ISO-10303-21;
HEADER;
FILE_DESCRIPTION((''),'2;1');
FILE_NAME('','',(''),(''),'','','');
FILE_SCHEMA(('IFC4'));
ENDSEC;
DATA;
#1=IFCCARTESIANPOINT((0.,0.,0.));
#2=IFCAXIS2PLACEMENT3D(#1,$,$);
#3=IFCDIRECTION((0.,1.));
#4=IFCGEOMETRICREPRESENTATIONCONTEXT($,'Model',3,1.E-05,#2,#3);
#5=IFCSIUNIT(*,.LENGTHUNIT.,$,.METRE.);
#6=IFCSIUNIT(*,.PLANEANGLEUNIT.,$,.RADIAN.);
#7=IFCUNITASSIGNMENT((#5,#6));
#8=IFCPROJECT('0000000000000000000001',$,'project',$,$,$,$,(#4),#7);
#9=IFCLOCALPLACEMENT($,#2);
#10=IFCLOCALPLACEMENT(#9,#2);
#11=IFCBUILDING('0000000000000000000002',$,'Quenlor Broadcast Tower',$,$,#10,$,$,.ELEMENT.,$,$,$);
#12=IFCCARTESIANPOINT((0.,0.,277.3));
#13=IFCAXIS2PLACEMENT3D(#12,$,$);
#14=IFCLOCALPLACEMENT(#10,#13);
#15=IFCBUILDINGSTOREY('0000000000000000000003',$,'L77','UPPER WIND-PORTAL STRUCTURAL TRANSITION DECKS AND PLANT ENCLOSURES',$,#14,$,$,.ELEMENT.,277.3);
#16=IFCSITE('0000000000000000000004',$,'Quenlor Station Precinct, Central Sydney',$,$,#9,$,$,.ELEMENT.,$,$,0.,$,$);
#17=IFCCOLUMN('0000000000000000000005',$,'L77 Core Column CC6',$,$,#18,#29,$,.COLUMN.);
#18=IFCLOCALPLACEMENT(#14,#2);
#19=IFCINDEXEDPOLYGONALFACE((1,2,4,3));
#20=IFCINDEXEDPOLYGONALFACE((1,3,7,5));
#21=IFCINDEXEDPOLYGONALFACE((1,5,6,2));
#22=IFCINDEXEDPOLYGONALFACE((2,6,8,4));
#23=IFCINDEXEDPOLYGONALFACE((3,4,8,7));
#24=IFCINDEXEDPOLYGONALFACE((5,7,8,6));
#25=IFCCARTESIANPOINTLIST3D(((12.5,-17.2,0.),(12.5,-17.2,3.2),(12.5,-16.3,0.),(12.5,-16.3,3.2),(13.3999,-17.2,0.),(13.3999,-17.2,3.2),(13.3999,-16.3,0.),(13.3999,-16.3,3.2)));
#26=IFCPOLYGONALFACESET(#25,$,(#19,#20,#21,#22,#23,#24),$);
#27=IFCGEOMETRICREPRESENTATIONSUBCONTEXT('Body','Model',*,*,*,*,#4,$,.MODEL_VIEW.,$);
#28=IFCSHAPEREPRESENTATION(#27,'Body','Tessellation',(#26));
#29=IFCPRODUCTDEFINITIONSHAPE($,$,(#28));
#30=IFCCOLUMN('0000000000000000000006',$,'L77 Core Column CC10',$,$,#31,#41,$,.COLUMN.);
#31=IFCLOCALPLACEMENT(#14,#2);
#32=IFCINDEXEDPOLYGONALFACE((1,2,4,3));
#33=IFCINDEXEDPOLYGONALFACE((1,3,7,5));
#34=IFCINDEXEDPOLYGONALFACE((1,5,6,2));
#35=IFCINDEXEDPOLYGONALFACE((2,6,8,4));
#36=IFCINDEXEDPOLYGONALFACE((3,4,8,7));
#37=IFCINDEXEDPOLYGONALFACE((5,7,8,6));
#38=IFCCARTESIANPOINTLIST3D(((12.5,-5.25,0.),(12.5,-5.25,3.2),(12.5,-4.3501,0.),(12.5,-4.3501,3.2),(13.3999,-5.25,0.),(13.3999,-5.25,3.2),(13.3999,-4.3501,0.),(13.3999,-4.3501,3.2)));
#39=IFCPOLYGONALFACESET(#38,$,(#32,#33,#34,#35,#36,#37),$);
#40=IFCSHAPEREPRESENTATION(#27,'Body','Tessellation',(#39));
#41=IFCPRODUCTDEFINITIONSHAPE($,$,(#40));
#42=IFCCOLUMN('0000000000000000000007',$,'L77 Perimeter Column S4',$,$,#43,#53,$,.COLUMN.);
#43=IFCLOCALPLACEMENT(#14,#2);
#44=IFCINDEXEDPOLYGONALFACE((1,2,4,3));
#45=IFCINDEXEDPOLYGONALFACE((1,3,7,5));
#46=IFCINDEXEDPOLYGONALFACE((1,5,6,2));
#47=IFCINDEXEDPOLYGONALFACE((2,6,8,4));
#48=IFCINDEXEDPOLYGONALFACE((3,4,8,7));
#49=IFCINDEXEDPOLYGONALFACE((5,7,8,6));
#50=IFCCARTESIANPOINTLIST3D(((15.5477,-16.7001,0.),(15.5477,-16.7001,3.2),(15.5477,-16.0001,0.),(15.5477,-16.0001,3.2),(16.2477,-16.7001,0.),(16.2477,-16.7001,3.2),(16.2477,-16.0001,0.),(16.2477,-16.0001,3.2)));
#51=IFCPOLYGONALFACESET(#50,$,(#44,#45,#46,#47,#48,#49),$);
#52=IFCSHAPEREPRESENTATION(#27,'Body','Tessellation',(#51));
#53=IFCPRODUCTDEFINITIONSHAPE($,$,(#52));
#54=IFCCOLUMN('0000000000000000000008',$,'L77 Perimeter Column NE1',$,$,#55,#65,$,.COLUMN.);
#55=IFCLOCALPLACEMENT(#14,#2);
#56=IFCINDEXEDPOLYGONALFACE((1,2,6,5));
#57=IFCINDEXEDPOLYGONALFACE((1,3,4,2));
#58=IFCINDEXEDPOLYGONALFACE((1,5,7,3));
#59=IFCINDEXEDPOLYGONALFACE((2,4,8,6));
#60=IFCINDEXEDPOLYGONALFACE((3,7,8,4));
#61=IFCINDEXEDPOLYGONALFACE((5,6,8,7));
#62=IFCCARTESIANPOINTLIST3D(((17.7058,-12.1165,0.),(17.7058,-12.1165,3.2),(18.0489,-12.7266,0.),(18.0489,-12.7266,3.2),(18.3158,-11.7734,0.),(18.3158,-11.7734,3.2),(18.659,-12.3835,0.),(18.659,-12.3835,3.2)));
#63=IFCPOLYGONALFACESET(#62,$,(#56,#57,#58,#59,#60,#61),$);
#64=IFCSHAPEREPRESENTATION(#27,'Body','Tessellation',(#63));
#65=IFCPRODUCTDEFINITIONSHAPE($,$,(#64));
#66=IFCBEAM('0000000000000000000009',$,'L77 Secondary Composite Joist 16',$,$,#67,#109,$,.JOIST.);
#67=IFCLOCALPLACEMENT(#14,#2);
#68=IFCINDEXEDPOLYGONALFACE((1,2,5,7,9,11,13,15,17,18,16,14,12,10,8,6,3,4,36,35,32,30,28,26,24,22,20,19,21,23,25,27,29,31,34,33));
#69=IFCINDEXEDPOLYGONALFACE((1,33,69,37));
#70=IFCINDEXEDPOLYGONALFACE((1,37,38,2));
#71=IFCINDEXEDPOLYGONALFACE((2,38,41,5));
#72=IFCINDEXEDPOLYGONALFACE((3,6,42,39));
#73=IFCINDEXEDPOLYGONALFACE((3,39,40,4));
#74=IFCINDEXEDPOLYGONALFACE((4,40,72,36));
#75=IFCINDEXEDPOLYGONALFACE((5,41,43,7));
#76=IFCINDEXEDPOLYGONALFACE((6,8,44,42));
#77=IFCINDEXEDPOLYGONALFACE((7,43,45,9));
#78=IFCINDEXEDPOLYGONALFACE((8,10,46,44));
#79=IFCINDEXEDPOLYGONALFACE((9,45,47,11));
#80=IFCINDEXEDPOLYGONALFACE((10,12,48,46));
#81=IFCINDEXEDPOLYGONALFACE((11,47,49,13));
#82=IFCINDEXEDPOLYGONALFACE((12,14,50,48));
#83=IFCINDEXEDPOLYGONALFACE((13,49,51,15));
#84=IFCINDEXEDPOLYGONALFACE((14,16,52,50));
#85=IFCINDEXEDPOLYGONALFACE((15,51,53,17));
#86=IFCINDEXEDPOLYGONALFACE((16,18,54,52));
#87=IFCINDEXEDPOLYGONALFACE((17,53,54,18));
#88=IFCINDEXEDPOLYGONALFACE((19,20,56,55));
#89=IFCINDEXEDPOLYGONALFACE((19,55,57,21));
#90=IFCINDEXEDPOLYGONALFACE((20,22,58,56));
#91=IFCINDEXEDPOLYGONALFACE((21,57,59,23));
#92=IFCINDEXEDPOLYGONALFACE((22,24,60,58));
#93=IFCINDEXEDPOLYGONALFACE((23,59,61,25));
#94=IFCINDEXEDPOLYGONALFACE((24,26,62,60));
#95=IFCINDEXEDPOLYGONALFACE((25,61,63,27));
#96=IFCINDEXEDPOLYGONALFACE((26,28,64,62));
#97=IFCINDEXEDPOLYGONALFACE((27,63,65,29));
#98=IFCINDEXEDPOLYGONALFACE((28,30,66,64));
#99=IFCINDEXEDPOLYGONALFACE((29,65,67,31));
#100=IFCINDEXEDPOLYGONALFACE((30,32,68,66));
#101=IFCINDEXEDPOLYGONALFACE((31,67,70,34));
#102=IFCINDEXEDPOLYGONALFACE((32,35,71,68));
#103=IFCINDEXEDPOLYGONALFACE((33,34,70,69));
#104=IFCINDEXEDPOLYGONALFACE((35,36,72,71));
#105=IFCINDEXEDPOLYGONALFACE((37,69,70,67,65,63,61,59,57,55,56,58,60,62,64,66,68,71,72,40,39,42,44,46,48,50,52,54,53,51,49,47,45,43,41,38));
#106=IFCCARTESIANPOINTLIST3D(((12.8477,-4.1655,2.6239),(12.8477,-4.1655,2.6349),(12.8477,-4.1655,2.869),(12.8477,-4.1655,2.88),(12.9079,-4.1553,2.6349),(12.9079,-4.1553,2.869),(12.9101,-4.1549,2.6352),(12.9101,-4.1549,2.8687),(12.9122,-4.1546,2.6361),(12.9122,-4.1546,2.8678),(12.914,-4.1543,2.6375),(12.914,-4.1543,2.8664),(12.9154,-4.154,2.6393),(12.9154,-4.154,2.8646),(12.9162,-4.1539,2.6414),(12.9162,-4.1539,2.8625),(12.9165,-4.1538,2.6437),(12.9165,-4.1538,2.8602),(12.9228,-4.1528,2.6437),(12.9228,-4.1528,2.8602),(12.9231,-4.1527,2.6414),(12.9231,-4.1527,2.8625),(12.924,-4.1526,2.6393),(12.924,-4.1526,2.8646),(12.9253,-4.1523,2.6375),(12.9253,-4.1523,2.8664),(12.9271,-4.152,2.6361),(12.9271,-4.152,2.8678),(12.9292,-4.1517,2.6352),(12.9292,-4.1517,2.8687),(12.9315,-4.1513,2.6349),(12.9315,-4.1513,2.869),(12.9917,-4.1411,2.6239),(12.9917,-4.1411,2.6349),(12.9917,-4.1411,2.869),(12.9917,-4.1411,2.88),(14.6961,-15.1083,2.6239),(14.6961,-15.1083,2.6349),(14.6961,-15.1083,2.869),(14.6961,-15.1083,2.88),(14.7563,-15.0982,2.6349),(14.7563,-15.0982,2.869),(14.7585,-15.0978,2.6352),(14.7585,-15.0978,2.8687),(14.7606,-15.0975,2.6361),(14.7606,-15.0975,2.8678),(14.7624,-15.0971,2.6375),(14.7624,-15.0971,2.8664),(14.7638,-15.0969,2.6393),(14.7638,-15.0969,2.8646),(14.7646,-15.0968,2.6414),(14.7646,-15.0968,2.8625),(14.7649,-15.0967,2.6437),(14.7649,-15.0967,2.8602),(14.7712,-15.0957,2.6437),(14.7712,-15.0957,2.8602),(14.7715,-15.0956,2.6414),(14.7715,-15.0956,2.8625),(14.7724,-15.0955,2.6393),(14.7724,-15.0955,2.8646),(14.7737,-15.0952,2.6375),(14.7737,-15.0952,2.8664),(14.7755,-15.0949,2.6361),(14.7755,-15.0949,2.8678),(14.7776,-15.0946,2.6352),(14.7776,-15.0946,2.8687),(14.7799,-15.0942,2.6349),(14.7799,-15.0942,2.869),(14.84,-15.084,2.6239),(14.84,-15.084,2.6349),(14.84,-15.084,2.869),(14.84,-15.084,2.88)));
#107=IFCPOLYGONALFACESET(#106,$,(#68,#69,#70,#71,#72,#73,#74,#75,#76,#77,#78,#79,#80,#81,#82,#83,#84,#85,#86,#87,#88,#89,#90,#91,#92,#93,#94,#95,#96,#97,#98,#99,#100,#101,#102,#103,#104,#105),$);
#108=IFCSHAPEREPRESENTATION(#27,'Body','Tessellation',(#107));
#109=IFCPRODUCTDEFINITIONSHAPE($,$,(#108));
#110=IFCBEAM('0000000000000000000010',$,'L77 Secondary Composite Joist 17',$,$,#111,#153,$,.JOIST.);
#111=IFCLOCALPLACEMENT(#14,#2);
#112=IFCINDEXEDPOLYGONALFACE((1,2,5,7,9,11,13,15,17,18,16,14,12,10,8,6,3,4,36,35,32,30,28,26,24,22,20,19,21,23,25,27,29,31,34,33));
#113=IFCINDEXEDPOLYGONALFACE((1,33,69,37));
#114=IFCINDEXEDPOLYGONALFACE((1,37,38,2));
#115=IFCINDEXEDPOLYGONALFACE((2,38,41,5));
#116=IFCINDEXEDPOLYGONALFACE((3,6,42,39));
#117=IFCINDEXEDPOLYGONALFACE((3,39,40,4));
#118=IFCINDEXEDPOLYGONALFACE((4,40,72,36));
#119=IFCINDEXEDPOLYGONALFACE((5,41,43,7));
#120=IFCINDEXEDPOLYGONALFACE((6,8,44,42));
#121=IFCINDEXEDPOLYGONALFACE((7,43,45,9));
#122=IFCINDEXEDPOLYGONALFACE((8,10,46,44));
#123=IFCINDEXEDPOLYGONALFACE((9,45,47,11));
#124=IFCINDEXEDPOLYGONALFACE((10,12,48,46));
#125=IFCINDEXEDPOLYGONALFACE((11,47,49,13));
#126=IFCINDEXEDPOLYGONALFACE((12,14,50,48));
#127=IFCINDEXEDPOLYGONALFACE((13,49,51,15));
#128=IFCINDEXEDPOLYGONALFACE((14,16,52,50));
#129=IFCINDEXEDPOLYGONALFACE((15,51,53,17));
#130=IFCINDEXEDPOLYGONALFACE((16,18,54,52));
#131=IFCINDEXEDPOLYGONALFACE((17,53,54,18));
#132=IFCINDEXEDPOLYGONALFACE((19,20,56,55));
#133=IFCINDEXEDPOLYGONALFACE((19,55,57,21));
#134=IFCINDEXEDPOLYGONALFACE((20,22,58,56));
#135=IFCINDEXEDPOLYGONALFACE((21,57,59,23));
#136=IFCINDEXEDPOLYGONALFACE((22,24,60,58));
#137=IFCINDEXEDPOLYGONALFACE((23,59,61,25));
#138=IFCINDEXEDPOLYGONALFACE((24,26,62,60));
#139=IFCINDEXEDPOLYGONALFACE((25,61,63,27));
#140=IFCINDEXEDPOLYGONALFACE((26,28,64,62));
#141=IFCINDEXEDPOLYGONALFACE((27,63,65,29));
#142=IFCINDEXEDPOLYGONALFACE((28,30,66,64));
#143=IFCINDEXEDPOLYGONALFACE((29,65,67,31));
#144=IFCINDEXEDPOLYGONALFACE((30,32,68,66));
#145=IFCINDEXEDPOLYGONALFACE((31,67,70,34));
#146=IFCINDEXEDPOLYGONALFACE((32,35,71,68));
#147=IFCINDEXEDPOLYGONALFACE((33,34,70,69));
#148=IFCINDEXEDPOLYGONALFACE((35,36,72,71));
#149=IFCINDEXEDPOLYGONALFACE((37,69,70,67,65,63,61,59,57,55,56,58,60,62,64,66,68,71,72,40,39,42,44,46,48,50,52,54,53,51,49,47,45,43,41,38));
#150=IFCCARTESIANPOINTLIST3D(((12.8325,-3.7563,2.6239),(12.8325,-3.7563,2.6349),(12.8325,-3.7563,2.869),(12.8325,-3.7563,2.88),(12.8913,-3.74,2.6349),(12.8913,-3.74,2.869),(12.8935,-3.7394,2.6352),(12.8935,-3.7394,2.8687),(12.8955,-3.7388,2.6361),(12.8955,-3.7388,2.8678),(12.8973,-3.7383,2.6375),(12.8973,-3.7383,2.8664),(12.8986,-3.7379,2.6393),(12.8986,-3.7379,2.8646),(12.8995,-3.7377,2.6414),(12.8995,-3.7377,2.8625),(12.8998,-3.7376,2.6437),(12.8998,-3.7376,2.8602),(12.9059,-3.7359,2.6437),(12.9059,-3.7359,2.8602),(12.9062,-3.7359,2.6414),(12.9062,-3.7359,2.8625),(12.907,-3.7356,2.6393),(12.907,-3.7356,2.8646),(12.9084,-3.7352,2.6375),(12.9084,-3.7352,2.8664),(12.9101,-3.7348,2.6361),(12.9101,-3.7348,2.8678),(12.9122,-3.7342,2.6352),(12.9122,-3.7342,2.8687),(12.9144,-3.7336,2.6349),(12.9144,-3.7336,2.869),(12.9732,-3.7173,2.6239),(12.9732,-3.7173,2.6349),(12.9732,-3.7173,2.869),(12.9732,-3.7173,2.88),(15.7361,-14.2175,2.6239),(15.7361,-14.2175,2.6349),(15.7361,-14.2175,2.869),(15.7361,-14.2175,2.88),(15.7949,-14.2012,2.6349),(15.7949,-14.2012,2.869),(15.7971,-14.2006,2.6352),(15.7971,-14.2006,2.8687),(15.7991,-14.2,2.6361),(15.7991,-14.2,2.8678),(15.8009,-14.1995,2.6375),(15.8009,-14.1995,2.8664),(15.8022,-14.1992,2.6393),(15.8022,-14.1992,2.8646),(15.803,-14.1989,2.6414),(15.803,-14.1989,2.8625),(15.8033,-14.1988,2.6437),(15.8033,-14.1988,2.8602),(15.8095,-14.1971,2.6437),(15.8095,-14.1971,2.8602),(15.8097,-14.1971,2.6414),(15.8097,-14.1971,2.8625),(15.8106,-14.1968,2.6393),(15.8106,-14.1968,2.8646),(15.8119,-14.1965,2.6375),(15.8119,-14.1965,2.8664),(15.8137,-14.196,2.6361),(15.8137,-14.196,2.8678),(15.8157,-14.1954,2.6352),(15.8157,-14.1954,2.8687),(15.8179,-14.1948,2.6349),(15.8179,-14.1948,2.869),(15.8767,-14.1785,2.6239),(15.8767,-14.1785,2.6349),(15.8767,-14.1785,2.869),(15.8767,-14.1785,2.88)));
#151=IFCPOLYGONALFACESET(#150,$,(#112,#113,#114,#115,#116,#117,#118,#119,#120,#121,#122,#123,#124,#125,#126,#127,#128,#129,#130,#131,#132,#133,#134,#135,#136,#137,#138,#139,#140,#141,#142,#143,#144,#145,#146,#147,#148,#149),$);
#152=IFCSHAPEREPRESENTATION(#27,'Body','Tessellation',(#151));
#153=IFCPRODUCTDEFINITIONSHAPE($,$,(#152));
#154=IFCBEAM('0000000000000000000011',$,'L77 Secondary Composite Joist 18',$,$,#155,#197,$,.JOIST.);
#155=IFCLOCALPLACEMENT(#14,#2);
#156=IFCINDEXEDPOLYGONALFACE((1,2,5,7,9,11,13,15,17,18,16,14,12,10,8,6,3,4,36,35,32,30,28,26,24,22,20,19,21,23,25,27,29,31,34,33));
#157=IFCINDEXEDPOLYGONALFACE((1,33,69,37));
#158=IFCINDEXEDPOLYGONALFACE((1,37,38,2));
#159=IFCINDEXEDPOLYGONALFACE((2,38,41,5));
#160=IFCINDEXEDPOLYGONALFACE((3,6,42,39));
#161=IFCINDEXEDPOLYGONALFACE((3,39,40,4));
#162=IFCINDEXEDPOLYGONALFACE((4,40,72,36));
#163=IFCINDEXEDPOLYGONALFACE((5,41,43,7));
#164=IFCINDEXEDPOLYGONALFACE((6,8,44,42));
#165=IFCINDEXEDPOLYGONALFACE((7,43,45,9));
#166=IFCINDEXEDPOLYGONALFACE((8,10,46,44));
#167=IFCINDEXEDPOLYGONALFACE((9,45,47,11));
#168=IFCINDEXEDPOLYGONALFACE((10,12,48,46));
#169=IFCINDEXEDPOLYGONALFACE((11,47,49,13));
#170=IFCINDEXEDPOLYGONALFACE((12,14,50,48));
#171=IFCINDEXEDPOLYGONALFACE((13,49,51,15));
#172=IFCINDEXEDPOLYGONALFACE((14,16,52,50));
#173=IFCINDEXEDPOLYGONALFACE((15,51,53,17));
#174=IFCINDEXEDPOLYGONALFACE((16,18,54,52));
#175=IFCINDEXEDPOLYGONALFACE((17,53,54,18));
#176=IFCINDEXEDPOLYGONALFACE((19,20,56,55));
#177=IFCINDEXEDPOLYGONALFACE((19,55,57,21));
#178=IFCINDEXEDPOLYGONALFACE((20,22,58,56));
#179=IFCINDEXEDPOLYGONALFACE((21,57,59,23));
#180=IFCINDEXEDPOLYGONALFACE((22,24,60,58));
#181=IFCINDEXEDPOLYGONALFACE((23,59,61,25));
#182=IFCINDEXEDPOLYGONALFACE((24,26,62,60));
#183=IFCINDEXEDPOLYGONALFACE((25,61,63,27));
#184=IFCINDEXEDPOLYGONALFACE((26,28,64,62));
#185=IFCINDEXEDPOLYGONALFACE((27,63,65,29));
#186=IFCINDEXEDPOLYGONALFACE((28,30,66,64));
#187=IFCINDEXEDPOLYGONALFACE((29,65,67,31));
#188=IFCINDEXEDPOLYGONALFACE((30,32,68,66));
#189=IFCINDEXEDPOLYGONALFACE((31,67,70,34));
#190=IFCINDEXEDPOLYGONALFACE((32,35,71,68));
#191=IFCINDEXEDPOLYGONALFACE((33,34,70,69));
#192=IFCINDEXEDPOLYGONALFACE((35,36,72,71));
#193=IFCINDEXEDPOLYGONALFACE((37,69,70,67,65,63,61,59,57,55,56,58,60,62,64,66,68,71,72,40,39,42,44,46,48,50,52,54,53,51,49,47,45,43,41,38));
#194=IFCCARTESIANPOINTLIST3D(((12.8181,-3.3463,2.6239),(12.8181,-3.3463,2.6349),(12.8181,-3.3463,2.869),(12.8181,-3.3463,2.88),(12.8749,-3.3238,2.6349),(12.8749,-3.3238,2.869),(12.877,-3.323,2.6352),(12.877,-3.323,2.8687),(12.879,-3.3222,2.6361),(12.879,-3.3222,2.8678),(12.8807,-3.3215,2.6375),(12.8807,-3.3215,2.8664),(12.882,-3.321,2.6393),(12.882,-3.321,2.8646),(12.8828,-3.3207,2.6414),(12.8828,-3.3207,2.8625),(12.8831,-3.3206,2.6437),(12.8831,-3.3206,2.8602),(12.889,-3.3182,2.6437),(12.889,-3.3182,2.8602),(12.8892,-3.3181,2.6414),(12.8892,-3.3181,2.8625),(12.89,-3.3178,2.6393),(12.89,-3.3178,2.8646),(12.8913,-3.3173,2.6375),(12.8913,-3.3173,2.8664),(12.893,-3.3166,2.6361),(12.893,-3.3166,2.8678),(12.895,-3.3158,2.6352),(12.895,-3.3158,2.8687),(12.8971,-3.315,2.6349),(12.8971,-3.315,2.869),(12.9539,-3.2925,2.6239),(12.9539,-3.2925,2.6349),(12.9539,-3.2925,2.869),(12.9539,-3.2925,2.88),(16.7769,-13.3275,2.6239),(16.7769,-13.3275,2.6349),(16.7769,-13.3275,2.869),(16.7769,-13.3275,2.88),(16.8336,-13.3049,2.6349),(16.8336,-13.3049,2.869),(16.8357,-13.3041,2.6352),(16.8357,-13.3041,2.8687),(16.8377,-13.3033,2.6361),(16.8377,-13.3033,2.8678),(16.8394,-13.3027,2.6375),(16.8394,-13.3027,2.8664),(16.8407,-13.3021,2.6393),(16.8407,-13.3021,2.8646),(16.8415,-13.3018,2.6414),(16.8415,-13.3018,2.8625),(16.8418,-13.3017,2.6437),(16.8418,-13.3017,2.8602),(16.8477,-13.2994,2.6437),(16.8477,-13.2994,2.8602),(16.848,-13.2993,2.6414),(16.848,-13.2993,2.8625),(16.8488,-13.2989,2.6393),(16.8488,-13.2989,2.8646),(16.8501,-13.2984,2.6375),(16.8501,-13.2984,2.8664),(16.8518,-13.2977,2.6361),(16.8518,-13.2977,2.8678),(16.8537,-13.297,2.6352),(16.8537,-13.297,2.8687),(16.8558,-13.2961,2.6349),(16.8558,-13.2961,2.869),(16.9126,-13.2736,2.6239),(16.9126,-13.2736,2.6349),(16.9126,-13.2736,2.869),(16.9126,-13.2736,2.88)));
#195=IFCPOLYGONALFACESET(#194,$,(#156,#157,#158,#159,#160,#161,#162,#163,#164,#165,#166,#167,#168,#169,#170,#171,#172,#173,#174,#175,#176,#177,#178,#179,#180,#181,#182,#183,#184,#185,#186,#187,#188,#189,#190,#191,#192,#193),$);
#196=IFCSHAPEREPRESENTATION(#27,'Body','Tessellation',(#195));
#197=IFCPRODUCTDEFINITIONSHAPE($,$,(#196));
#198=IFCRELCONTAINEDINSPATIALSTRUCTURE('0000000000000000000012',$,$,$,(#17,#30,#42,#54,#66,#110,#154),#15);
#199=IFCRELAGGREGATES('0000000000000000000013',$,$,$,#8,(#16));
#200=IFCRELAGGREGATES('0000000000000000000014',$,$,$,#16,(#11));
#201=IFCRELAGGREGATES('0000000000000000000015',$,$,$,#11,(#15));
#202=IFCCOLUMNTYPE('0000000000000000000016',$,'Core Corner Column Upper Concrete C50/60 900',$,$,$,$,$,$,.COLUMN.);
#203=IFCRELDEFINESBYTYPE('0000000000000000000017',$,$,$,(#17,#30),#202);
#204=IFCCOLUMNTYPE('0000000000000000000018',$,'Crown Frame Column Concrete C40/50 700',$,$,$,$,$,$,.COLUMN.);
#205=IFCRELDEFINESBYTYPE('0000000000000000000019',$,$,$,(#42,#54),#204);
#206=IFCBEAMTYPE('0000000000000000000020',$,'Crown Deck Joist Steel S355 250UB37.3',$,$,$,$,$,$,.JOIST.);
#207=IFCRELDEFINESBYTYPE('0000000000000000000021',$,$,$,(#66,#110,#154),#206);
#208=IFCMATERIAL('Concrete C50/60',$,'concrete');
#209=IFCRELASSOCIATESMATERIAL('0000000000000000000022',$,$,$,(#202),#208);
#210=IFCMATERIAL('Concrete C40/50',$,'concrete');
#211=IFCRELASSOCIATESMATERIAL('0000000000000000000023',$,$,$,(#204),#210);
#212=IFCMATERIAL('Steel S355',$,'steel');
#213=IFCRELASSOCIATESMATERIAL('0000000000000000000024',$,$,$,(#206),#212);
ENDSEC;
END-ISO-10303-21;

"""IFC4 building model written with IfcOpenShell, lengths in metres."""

from ifc_helpers import new_model, si_unit, direction, frame, origin, origin_2d, place, context, subcontext, project, spatial, rectangle, i_section, extrude, material, material_profile, profile_set, type_object, element, save


model = new_model("IFC4")

# Units and contexts
model_context = context("Model", 3, precision=1e-05, world=origin(), true_north=direction((0.0, 1.0)))
body_context = subcontext(model_context, "Body", "Model", "MODEL_VIEW")
ifc_project = project(units=[si_unit("LENGTHUNIT", "METRE"), si_unit("PLANEANGLEUNIT", "RADIAN")], contexts=[model_context])

# Site, building, storey
site_placement = place(None, origin())
site = spatial("IfcSite", under=ifc_project, at=site_placement, Name="Quenlor Station Precinct, Central Sydney", CompositionType="ELEMENT", RefElevation=0.0)
building_placement = place(site_placement, origin())
building = spatial("IfcBuilding", under=site, at=building_placement, Name="Quenlor Broadcast Tower", CompositionType="ELEMENT")
storey_placement = place(building_placement, frame((0.0, 0.0, 277.3)))
storey = spatial("IfcBuildingStorey", under=building, at=storey_placement, Name="L77", Description="UPPER WIND-PORTAL STRUCTURAL TRANSITION DECKS AND PLANT ENCLOSURES", CompositionType="ELEMENT", Elevation=277.3)

# Columns
ifc_material_1 = material(Name="Concrete C50/60", Category="concrete")
ifc_material_profile_1 = material_profile(ifc_material_1, rectangle(XDim=0.8999, YDim=0.8999, at=origin_2d()))
ifc_profile_set_1 = profile_set([ifc_material_profile_1], Name="Concrete C50/60 RC900x900")
column_type_1 = type_object("IfcColumnType", Name="Core Corner Column Upper Concrete C50/60 900", PredefinedType="COLUMN", material=ifc_profile_set_1)
for number, where, z_axis, x_axis, name in (
    (1, (12.95, -16.75, 0.0), (0.0, 0.0, 1.0), (1.0, 0.0, 0.0), "L77 Core Column CC6"),
    (2, (12.95, -4.8, 0.0), (0.0, 0.0, 1.0), (1.0, 0.0, 0.0), "L77 Core Column CC10"),
):
    element("IfcColumn", number, at=place(storey_placement, frame(where, z_axis=z_axis, x_axis=x_axis)), inside=storey, type_object=column_type_1, Name=name, PredefinedType="COLUMN", context=body_context, shape_type="SweptSolid", body=[
        extrude(rectangle(XDim=0.8999, YDim=0.8999, at=origin_2d()), origin(), (0.0, 0.0, 1.0), 3.2),
    ])
ifc_material_2 = material(Name="Concrete C40/50", Category="concrete")
ifc_material_profile_2 = material_profile(ifc_material_2, rectangle(XDim=0.7, YDim=0.7, at=origin_2d()))
ifc_profile_set_2 = profile_set([ifc_material_profile_2], Name="Concrete C40/50 RC700x700")
column_type_2 = type_object("IfcColumnType", Name="Crown Frame Column Concrete C40/50 700", PredefinedType="COLUMN", material=ifc_profile_set_2)
for number, where, z_axis, x_axis, name in (
    (3, (15.8977, -16.3501, 0.0), (0.0, 0.0, 1.0), (0.0, 1.0, 0.0), "L77 Perimeter Column S4"),
    (4, (18.1824, -12.25, 0.0), (0.0, 0.0, 1.0), (0.871575, 0.490262, 0.0), "L77 Perimeter Column NE1"),
):
    element("IfcColumn", number, at=place(storey_placement, frame(where, z_axis=z_axis, x_axis=x_axis)), inside=storey, type_object=column_type_2, Name=name, PredefinedType="COLUMN", context=body_context, shape_type="SweptSolid", body=[
        extrude(rectangle(XDim=0.7, YDim=0.7, at=origin_2d()), origin(), (0.0, 0.0, 1.0), 3.2),
    ])

# Beams
ifc_material_3 = material(Name="Steel S355", Category="steel")
ifc_material_profile_3 = material_profile(ifc_material_3, i_section(OverallWidth=0.146, OverallDepth=0.2561, WebThickness=0.0063, FlangeThickness=0.011, FilletRadius=0.0088, at=origin_2d()))
ifc_profile_set_3 = profile_set([ifc_material_profile_3], Name="Steel S355 250UB37.3")
beam_type_1 = type_object("IfcBeamType", Name="Crown Deck Joist Steel S355 250UB37.3", PredefinedType="JOIST", material=ifc_profile_set_3)
beam_1_placement = place(storey_placement, frame((14.7681, -15.0962, 2.752), z_axis=(-0.166553, 0.986032, 0.0), x_axis=(-0.986032, -0.166553, 0.0)))
element("IfcBeam", 5, at=beam_1_placement, inside=storey, type_object=beam_type_1, Name="L77 Secondary Composite Joist 16", PredefinedType="JOIST", context=body_context, shape_type="SweptSolid", body=[
    extrude(i_section(OverallWidth=0.146, OverallDepth=0.2561, WebThickness=0.0063, FlangeThickness=0.011, FilletRadius=0.0088, at=origin_2d()), origin(), (0.0, 0.0, 1.0), 11.0979),
])
beam_2_placement = place(storey_placement, frame((15.8064, -14.198, 2.752), z_axis=(-0.267446, 0.963573, 0.0), x_axis=(-0.963573, -0.267446, 0.0)))
element("IfcBeam", 6, at=beam_2_placement, inside=storey, type_object=beam_type_1, Name="L77 Secondary Composite Joist 17", PredefinedType="JOIST", context=body_context, shape_type="SweptSolid", body=[
    extrude(i_section(OverallWidth=0.146, OverallDepth=0.2561, WebThickness=0.0063, FlangeThickness=0.011, FilletRadius=0.0088, at=origin_2d()), origin(), (0.0, 0.0, 1.0), 10.8567),
])
beam_3_placement = place(storey_placement, frame((16.8447, -13.3005, 2.752), z_axis=(-0.36868, 0.929556, 0.0), x_axis=(-0.929556, -0.36868, 0.0)))
element("IfcBeam", 7, at=beam_3_placement, inside=storey, type_object=beam_type_1, Name="L77 Secondary Composite Joist 18", PredefinedType="JOIST", context=body_context, shape_type="SweptSolid", body=[
    extrude(i_section(OverallWidth=0.146, OverallDepth=0.2561, WebThickness=0.0063, FlangeThickness=0.011, FilletRadius=0.0088, at=origin_2d()), origin(), (0.0, 0.0, 1.0), 10.7375),
])

save(model, "model.ifc")
